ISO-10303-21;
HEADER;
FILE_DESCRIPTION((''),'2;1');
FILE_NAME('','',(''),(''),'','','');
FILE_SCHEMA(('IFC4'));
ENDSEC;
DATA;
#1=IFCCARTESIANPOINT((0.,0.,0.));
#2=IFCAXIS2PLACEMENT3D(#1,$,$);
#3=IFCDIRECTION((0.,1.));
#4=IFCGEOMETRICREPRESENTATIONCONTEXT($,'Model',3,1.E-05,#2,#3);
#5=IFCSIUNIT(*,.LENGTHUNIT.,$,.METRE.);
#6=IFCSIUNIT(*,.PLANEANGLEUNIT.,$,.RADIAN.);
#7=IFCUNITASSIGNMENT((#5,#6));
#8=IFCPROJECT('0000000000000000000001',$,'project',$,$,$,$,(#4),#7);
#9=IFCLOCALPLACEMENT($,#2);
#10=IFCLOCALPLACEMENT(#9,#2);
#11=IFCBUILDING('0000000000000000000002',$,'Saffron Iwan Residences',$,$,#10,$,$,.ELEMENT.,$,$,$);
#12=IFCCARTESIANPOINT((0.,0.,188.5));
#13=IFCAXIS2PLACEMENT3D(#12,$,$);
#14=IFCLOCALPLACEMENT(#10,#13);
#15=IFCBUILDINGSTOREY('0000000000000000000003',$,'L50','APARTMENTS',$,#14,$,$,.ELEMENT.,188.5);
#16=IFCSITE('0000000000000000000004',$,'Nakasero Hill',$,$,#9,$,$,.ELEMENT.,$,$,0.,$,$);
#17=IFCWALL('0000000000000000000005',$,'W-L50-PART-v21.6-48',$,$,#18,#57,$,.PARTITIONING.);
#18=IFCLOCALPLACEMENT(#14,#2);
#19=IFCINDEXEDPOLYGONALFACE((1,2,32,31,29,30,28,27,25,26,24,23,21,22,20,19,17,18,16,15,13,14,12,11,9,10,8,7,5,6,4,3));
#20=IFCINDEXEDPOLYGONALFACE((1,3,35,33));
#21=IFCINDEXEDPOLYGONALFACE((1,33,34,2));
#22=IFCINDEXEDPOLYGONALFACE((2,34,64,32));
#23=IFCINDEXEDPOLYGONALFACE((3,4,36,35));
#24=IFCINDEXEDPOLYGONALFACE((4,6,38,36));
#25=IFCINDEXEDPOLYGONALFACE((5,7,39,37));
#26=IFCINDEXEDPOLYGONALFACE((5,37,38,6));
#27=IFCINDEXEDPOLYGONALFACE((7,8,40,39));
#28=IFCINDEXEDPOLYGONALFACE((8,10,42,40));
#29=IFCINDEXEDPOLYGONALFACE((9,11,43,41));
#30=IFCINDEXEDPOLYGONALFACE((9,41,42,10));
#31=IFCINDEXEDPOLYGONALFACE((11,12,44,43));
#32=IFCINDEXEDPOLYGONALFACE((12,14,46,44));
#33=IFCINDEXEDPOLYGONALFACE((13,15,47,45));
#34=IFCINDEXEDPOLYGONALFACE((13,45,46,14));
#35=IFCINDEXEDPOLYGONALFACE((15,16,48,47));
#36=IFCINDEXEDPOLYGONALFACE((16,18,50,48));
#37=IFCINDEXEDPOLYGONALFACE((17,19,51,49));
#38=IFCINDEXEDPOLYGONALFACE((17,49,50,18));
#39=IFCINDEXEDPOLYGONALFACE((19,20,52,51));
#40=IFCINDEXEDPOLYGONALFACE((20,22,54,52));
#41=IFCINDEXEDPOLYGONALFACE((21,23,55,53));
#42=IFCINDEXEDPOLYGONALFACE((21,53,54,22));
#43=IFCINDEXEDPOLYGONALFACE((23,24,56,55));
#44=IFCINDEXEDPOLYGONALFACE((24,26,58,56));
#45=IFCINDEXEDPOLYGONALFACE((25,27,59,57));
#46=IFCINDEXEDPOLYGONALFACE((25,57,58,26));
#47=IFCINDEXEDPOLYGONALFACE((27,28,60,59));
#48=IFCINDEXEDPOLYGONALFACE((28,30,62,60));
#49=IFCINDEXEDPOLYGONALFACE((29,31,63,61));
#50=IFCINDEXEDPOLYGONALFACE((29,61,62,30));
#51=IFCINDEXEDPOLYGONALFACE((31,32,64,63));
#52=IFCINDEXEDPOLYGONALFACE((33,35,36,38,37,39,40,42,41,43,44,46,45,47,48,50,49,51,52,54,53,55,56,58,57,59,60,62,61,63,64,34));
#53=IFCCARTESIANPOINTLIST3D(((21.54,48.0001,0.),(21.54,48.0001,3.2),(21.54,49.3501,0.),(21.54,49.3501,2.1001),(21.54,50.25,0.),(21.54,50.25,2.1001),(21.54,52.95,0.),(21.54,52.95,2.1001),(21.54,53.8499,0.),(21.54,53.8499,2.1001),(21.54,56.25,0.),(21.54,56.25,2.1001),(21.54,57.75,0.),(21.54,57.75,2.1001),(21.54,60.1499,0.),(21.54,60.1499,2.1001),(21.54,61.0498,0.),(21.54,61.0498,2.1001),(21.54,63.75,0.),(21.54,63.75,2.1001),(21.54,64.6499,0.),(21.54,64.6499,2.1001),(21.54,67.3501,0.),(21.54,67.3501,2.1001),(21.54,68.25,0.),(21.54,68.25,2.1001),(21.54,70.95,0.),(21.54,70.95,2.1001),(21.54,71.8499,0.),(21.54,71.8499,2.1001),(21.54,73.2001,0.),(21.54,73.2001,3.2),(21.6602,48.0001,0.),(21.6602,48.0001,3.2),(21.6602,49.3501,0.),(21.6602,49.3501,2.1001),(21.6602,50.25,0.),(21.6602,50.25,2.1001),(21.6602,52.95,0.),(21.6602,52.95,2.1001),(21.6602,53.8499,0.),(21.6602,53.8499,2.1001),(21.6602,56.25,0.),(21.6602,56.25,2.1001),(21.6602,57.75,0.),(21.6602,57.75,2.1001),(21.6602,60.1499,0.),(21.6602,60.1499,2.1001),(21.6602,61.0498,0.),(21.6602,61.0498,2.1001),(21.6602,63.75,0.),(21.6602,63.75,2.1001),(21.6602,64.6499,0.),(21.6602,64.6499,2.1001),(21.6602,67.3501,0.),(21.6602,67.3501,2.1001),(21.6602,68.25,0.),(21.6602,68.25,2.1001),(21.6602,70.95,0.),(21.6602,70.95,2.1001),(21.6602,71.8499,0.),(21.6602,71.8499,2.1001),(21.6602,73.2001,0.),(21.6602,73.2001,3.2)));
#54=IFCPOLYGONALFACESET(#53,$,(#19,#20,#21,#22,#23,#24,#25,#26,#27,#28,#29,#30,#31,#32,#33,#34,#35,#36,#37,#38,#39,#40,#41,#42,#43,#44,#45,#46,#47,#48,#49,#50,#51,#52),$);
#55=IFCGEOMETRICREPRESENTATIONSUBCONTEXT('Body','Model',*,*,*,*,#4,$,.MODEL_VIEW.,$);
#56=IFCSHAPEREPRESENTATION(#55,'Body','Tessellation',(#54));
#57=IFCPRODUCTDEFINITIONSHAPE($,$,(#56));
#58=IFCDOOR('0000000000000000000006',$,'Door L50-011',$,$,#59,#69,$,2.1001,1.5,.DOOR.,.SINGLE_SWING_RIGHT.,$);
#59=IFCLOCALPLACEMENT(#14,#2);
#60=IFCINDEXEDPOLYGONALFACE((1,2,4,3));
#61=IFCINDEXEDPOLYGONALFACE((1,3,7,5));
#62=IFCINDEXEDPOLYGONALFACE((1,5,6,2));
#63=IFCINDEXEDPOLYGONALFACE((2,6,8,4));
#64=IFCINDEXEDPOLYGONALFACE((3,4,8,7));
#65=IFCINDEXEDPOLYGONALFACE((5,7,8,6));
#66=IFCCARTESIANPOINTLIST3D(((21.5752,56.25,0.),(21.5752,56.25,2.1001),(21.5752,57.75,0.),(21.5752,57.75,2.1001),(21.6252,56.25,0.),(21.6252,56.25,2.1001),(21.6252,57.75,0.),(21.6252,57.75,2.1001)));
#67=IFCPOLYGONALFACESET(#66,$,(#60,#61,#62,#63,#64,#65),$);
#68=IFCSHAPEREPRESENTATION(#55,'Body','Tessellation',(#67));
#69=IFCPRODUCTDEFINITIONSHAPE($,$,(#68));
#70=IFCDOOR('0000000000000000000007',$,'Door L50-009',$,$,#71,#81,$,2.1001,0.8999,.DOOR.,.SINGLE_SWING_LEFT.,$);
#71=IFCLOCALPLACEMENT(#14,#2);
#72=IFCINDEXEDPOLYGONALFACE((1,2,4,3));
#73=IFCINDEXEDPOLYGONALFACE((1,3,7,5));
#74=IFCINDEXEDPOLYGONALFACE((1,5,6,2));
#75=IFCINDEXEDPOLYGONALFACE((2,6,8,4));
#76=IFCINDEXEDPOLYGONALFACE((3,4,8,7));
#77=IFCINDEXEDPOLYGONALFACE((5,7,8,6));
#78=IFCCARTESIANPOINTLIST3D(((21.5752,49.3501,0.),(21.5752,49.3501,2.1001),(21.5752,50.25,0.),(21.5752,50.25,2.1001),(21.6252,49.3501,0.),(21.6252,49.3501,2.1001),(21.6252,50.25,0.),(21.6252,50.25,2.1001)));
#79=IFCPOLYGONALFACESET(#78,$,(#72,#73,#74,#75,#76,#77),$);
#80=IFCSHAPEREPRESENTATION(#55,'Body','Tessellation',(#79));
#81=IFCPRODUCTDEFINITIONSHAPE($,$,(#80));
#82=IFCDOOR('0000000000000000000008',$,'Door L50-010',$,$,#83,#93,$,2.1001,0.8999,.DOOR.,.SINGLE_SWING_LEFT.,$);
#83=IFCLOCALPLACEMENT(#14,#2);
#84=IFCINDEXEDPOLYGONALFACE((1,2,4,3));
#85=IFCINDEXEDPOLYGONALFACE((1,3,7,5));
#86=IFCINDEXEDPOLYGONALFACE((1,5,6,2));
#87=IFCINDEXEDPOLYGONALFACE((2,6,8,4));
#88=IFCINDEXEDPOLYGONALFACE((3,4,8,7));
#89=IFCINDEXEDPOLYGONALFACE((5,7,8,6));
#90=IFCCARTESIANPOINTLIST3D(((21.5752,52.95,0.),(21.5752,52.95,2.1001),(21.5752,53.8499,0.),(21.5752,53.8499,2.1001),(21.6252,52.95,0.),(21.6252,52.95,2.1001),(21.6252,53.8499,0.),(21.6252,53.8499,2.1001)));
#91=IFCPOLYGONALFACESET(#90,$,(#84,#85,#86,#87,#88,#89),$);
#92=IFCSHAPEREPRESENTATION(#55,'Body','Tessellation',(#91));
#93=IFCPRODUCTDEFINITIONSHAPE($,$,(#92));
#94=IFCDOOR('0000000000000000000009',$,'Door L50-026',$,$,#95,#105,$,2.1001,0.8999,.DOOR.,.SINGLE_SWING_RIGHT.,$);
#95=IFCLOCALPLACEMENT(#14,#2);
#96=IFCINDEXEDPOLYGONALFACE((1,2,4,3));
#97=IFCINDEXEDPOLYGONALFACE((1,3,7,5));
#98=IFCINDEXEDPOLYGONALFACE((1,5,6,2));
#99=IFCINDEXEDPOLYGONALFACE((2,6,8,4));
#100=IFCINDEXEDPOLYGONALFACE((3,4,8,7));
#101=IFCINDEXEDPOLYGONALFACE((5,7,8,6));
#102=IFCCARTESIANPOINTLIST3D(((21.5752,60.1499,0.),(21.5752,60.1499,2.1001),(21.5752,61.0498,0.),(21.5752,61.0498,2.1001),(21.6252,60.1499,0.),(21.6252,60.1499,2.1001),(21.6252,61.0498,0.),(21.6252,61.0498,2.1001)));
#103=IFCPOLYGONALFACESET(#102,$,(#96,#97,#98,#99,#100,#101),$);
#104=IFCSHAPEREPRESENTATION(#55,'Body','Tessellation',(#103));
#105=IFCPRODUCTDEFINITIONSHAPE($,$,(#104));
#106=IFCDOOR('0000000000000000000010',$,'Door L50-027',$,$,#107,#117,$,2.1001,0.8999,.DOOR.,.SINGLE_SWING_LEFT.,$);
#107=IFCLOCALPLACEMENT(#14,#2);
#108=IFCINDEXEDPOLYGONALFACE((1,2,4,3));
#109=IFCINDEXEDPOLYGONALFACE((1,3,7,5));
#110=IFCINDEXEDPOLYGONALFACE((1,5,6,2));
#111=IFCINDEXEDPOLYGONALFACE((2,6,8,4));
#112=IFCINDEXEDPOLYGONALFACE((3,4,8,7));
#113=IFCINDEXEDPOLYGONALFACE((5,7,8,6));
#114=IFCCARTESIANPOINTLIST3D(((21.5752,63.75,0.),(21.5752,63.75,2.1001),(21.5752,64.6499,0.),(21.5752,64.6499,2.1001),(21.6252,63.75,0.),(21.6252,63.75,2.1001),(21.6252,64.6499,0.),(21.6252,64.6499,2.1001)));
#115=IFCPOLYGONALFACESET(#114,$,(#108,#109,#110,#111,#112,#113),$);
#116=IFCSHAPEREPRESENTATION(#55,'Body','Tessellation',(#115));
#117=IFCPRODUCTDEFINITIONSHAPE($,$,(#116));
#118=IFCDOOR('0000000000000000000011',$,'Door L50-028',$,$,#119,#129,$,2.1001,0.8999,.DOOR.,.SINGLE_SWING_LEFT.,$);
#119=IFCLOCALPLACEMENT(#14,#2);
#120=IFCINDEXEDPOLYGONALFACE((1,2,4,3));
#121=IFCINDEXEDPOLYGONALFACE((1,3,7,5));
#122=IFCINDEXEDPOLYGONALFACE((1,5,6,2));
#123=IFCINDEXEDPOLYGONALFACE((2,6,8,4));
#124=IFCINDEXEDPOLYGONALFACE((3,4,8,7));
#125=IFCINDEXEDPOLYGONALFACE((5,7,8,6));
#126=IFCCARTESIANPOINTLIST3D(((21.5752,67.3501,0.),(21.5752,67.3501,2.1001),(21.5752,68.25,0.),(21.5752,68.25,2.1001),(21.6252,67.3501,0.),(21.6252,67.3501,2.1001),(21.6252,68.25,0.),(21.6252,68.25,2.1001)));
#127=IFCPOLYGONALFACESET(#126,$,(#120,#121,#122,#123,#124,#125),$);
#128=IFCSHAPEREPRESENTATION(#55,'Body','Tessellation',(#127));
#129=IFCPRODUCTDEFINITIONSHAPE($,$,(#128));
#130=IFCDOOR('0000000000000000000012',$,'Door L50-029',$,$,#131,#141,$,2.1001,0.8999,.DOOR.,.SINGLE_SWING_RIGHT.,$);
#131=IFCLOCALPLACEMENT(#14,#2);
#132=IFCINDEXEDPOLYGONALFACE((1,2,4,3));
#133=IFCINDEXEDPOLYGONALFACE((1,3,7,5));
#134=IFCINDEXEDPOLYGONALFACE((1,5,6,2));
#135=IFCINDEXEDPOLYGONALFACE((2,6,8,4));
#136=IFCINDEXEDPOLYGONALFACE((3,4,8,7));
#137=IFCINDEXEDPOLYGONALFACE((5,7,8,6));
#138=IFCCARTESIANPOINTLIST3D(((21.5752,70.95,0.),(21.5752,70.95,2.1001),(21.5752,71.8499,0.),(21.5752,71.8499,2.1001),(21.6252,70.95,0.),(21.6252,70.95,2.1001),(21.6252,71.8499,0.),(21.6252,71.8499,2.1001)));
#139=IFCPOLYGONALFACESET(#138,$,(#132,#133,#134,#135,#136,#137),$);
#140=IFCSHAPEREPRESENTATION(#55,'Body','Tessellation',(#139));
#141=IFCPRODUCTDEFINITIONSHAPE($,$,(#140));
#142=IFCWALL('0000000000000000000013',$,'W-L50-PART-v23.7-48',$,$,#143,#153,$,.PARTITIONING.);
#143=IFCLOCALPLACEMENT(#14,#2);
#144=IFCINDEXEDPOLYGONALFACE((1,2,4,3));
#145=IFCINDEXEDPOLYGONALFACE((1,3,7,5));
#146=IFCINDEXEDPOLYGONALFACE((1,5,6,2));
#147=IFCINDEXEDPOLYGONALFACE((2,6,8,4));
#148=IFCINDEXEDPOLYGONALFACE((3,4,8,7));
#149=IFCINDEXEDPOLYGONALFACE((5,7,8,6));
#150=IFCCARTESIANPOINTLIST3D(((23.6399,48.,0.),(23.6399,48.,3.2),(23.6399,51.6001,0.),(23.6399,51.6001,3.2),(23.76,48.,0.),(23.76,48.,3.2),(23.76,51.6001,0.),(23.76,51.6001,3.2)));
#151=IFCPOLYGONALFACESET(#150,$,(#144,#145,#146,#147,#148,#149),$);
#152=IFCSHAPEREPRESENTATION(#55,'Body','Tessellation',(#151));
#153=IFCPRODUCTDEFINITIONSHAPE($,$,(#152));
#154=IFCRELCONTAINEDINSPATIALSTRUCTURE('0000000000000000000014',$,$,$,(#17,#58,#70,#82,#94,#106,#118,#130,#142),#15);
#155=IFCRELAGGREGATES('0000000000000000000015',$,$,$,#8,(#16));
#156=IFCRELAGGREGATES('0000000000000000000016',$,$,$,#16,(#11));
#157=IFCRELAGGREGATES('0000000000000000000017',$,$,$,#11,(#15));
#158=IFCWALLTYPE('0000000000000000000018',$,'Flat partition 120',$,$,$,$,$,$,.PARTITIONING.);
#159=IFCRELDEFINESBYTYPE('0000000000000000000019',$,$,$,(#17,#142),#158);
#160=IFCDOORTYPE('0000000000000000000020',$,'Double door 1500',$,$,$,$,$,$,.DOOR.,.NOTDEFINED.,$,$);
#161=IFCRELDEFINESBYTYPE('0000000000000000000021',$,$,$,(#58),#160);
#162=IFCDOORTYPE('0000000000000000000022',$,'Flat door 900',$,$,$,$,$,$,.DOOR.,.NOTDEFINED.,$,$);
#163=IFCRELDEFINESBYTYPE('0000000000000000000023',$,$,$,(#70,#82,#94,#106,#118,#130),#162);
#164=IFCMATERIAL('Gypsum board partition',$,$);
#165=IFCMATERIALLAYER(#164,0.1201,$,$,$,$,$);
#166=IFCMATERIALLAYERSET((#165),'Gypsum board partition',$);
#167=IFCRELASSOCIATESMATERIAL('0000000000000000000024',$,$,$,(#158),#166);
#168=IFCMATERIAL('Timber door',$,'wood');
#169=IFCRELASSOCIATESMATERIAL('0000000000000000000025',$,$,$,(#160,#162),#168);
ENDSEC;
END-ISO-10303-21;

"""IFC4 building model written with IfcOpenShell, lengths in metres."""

from ifc_helpers import new_model, si_unit, direction, frame, frame_2d, origin, place, context, subcontext, project, spatial, rectangle, extrude, material, layer, layer_set, type_object, element, fill, save


model = new_model("IFC4")

# Units and contexts
model_context = context("Model", 3, precision=1e-05, world=origin(), true_north=direction((0.0, 1.0)))
body_context = subcontext(model_context, "Body", "Model", "MODEL_VIEW")
ifc_project = project(units=[si_unit("LENGTHUNIT", "METRE"), si_unit("PLANEANGLEUNIT", "RADIAN")], contexts=[model_context])

# Site, building, storey
site_placement = place(None, origin())
site = spatial("IfcSite", under=ifc_project, at=site_placement, Name="Nakasero Hill", CompositionType="ELEMENT", RefElevation=0.0)
building_placement = place(site_placement, origin())
building = spatial("IfcBuilding", under=site, at=building_placement, Name="Saffron Iwan Residences", CompositionType="ELEMENT")
storey_placement = place(building_placement, frame((0.0, 0.0, 188.5)))
storey = spatial("IfcBuildingStorey", under=building, at=storey_placement, Name="L50", Description="APARTMENTS", CompositionType="ELEMENT", Elevation=188.5)

# Wall, openings, doors
ifc_material_1 = material(Name="Gypsum board partition")
ifc_layer_1 = layer(ifc_material_1, 0.1201)
ifc_layer_set_1 = layer_set([ifc_layer_1], Name="Gypsum board partition")
wall_type_1 = type_object("IfcWallType", Name="Flat partition 120", PredefinedType="PARTITIONING", material=ifc_layer_set_1)
wall_1_placement = place(storey_placement, frame((21.6001, 48.0, 0.0), z_axis=(0.0, 0.0, 1.0), x_axis=(0.0, 1.0, 0.0)))
wall_1 = element("IfcWall", 1, at=wall_1_placement, inside=storey, type_object=wall_type_1, Name="W-L50-PART-v21.6-48", PredefinedType="PARTITIONING", context=body_context, shape_type="SweptSolid", body=[
    extrude(rectangle(XDim=25.2, YDim=0.1201, at=frame_2d((12.6001, 0.0))), origin(), (0.0, 0.0, 1.0), 3.2),
])
opening_1_placement = place(wall_1_placement, frame((1.3501, 0.0, 0.0)))
opening_1 = element("IfcOpeningElement", 2, at=opening_1_placement, cuts=wall_1, PredefinedType="OPENING", context=body_context, shape_type="SweptSolid", body=[
    extrude(rectangle(XDim=0.8999, YDim=2.1001, at=frame_2d((0.45, 1.05))), frame((0.0, 0.0701, 0.0), z_axis=(0.0, -1.0, 0.0), x_axis=(1.0, 0.0, 0.0)), (0.0, 0.0, 1.0), 0.1401),
])
opening_2_placement = place(wall_1_placement, frame((4.95, 0.0, 0.0)))
opening_2 = element("IfcOpeningElement", 3, at=opening_2_placement, cuts=wall_1, PredefinedType="OPENING", context=body_context, shape_type="SweptSolid", body=[
    extrude(rectangle(XDim=0.8999, YDim=2.1001, at=frame_2d((0.45, 1.05))), frame((0.0, 0.0701, 0.0), z_axis=(0.0, -1.0, 0.0), x_axis=(1.0, 0.0, 0.0)), (0.0, 0.0, 1.0), 0.1401),
])
opening_3_placement = place(wall_1_placement, frame((8.25, 0.0, 0.0)))
opening_3 = element("IfcOpeningElement", 4, at=opening_3_placement, cuts=wall_1, PredefinedType="OPENING", context=body_context, shape_type="SweptSolid", body=[
    extrude(rectangle(XDim=1.5, YDim=2.1001, at=frame_2d((0.75, 1.05))), frame((0.0, 0.0701, 0.0), z_axis=(0.0, -1.0, 0.0), x_axis=(1.0, 0.0, 0.0)), (0.0, 0.0, 1.0), 0.1401),
])
opening_4_placement = place(wall_1_placement, frame((12.1499, 0.0, 0.0)))
opening_4 = element("IfcOpeningElement", 5, at=opening_4_placement, cuts=wall_1, PredefinedType="OPENING", context=body_context, shape_type="SweptSolid", body=[
    extrude(rectangle(XDim=0.8999, YDim=2.1001, at=frame_2d((0.45, 1.05))), frame((0.0, 0.0701, 0.0), z_axis=(0.0, -1.0, 0.0), x_axis=(1.0, 0.0, 0.0)), (0.0, 0.0, 1.0), 0.1401),
])
opening_5_placement = place(wall_1_placement, frame((15.75, 0.0, 0.0)))
opening_5 = element("IfcOpeningElement", 6, at=opening_5_placement, cuts=wall_1, PredefinedType="OPENING", context=body_context, shape_type="SweptSolid", body=[
    extrude(rectangle(XDim=0.8999, YDim=2.1001, at=frame_2d((0.45, 1.05))), frame((0.0, 0.0701, 0.0), z_axis=(0.0, -1.0, 0.0), x_axis=(1.0, 0.0, 0.0)), (0.0, 0.0, 1.0), 0.1401),
])
opening_6_placement = place(wall_1_placement, frame((19.3501, 0.0, 0.0)))
opening_6 = element("IfcOpeningElement", 7, at=opening_6_placement, cuts=wall_1, PredefinedType="OPENING", context=body_context, shape_type="SweptSolid", body=[
    extrude(rectangle(XDim=0.8999, YDim=2.1001, at=frame_2d((0.45, 1.05))), frame((0.0, 0.0701, 0.0), z_axis=(0.0, -1.0, 0.0), x_axis=(1.0, 0.0, 0.0)), (0.0, 0.0, 1.0), 0.1401),
])
opening_7_placement = place(wall_1_placement, frame((22.95, 0.0, 0.0)))
opening_7 = element("IfcOpeningElement", 8, at=opening_7_placement, cuts=wall_1, PredefinedType="OPENING", context=body_context, shape_type="SweptSolid", body=[
    extrude(rectangle(XDim=0.8999, YDim=2.1001, at=frame_2d((0.45, 1.05))), frame((0.0, 0.0701, 0.0), z_axis=(0.0, -1.0, 0.0), x_axis=(1.0, 0.0, 0.0)), (0.0, 0.0, 1.0), 0.1401),
])
ifc_material_2 = material(Name="Timber door", Category="wood")
door_type_1 = type_object("IfcDoorType", Name="Double door 1500", OperationType="NOTDEFINED", PredefinedType="DOOR", material=ifc_material_2)
door_1_placement = place(opening_3_placement, origin())
door_1 = element("IfcDoor", 9, at=door_1_placement, inside=storey, type_object=door_type_1, Name="Door L50-011", OperationType="SINGLE_SWING_RIGHT", OverallHeight=2.1001, OverallWidth=1.5, PredefinedType="DOOR", context=body_context, shape_type="SweptSolid", body=[
    extrude(rectangle(XDim=1.5, YDim=2.1001, at=frame_2d((0.75, 1.05))), frame((0.0, 0.0249, 0.0), z_axis=(0.0, -1.0, 0.0), x_axis=(1.0, 0.0, 0.0)), (0.0, 0.0, 1.0), 0.05),
])
fill(opening_3, door_1)
door_type_2 = type_object("IfcDoorType", Name="Flat door 900", OperationType="NOTDEFINED", PredefinedType="DOOR", material=ifc_material_2)
door_2_placement = place(opening_1_placement, origin())
door_2 = element("IfcDoor", 10, at=door_2_placement, inside=storey, type_object=door_type_2, Name="Door L50-009", OperationType="SINGLE_SWING_LEFT", OverallHeight=2.1001, OverallWidth=0.8999, PredefinedType="DOOR", context=body_context, shape_type="SweptSolid", body=[
    extrude(rectangle(XDim=0.8999, YDim=2.1001, at=frame_2d((0.45, 1.05))), frame((0.0, 0.0249, 0.0), z_axis=(0.0, -1.0, 0.0), x_axis=(1.0, 0.0, 0.0)), (0.0, 0.0, 1.0), 0.05),
])
fill(opening_1, door_2)
door_3_placement = place(opening_2_placement, origin())
door_3 = element("IfcDoor", 11, at=door_3_placement, inside=storey, type_object=door_type_2, Name="Door L50-010", OperationType="SINGLE_SWING_LEFT", OverallHeight=2.1001, OverallWidth=0.8999, PredefinedType="DOOR", context=body_context, shape_type="SweptSolid", body=[
    extrude(rectangle(XDim=0.8999, YDim=2.1001, at=frame_2d((0.45, 1.05))), frame((0.0, 0.0249, 0.0), z_axis=(0.0, -1.0, 0.0), x_axis=(1.0, 0.0, 0.0)), (0.0, 0.0, 1.0), 0.05),
])
fill(opening_2, door_3)
door_4_placement = place(opening_4_placement, origin())
door_4 = element("IfcDoor", 12, at=door_4_placement, inside=storey, type_object=door_type_2, Name="Door L50-026", OperationType="SINGLE_SWING_RIGHT", OverallHeight=2.1001, OverallWidth=0.8999, PredefinedType="DOOR", context=body_context, shape_type="SweptSolid", body=[
    extrude(rectangle(XDim=0.8999, YDim=2.1001, at=frame_2d((0.45, 1.05))), frame((0.0, 0.0249, 0.0), z_axis=(0.0, -1.0, 0.0), x_axis=(1.0, 0.0, 0.0)), (0.0, 0.0, 1.0), 0.05),
])
fill(opening_4, door_4)
door_5_placement = place(opening_5_placement, origin())
door_5 = element("IfcDoor", 13, at=door_5_placement, inside=storey, type_object=door_type_2, Name="Door L50-027", OperationType="SINGLE_SWING_LEFT", OverallHeight=2.1001, OverallWidth=0.8999, PredefinedType="DOOR", context=body_context, shape_type="SweptSolid", body=[
    extrude(rectangle(XDim=0.8999, YDim=2.1001, at=frame_2d((0.45, 1.05))), frame((0.0, 0.0249, 0.0), z_axis=(0.0, -1.0, 0.0), x_axis=(1.0, 0.0, 0.0)), (0.0, 0.0, 1.0), 0.05),
])
fill(opening_5, door_5)
door_6_placement = place(opening_6_placement, origin())
door_6 = element("IfcDoor", 14, at=door_6_placement, inside=storey, type_object=door_type_2, Name="Door L50-028", OperationType="SINGLE_SWING_LEFT", OverallHeight=2.1001, OverallWidth=0.8999, PredefinedType="DOOR", context=body_context, shape_type="SweptSolid", body=[
    extrude(rectangle(XDim=0.8999, YDim=2.1001, at=frame_2d((0.45, 1.05))), frame((0.0, 0.0249, 0.0), z_axis=(0.0, -1.0, 0.0), x_axis=(1.0, 0.0, 0.0)), (0.0, 0.0, 1.0), 0.05),
])
fill(opening_6, door_6)
door_7_placement = place(opening_7_placement, origin())
door_7 = element("IfcDoor", 15, at=door_7_placement, inside=storey, type_object=door_type_2, Name="Door L50-029", OperationType="SINGLE_SWING_RIGHT", OverallHeight=2.1001, OverallWidth=0.8999, PredefinedType="DOOR", context=body_context, shape_type="SweptSolid", body=[
    extrude(rectangle(XDim=0.8999, YDim=2.1001, at=frame_2d((0.45, 1.05))), frame((0.0, 0.0249, 0.0), z_axis=(0.0, -1.0, 0.0), x_axis=(1.0, 0.0, 0.0)), (0.0, 0.0, 1.0), 0.05),
])
fill(opening_7, door_7)

# Wall
wall_2_placement = place(storey_placement, frame((23.7, 48.0, 0.0), z_axis=(0.0, 0.0, 1.0), x_axis=(0.0, 1.0, 0.0)))
element("IfcWall", 16, at=wall_2_placement, inside=storey, type_object=wall_type_1, Name="W-L50-PART-v23.7-48", PredefinedType="PARTITIONING", context=body_context, shape_type="SweptSolid", body=[
    extrude(rectangle(XDim=3.6001, YDim=0.1201, at=frame_2d((1.8, 0.0))), origin(), (0.0, 0.0, 1.0), 3.2),
])

save(model, "model.ifc")
